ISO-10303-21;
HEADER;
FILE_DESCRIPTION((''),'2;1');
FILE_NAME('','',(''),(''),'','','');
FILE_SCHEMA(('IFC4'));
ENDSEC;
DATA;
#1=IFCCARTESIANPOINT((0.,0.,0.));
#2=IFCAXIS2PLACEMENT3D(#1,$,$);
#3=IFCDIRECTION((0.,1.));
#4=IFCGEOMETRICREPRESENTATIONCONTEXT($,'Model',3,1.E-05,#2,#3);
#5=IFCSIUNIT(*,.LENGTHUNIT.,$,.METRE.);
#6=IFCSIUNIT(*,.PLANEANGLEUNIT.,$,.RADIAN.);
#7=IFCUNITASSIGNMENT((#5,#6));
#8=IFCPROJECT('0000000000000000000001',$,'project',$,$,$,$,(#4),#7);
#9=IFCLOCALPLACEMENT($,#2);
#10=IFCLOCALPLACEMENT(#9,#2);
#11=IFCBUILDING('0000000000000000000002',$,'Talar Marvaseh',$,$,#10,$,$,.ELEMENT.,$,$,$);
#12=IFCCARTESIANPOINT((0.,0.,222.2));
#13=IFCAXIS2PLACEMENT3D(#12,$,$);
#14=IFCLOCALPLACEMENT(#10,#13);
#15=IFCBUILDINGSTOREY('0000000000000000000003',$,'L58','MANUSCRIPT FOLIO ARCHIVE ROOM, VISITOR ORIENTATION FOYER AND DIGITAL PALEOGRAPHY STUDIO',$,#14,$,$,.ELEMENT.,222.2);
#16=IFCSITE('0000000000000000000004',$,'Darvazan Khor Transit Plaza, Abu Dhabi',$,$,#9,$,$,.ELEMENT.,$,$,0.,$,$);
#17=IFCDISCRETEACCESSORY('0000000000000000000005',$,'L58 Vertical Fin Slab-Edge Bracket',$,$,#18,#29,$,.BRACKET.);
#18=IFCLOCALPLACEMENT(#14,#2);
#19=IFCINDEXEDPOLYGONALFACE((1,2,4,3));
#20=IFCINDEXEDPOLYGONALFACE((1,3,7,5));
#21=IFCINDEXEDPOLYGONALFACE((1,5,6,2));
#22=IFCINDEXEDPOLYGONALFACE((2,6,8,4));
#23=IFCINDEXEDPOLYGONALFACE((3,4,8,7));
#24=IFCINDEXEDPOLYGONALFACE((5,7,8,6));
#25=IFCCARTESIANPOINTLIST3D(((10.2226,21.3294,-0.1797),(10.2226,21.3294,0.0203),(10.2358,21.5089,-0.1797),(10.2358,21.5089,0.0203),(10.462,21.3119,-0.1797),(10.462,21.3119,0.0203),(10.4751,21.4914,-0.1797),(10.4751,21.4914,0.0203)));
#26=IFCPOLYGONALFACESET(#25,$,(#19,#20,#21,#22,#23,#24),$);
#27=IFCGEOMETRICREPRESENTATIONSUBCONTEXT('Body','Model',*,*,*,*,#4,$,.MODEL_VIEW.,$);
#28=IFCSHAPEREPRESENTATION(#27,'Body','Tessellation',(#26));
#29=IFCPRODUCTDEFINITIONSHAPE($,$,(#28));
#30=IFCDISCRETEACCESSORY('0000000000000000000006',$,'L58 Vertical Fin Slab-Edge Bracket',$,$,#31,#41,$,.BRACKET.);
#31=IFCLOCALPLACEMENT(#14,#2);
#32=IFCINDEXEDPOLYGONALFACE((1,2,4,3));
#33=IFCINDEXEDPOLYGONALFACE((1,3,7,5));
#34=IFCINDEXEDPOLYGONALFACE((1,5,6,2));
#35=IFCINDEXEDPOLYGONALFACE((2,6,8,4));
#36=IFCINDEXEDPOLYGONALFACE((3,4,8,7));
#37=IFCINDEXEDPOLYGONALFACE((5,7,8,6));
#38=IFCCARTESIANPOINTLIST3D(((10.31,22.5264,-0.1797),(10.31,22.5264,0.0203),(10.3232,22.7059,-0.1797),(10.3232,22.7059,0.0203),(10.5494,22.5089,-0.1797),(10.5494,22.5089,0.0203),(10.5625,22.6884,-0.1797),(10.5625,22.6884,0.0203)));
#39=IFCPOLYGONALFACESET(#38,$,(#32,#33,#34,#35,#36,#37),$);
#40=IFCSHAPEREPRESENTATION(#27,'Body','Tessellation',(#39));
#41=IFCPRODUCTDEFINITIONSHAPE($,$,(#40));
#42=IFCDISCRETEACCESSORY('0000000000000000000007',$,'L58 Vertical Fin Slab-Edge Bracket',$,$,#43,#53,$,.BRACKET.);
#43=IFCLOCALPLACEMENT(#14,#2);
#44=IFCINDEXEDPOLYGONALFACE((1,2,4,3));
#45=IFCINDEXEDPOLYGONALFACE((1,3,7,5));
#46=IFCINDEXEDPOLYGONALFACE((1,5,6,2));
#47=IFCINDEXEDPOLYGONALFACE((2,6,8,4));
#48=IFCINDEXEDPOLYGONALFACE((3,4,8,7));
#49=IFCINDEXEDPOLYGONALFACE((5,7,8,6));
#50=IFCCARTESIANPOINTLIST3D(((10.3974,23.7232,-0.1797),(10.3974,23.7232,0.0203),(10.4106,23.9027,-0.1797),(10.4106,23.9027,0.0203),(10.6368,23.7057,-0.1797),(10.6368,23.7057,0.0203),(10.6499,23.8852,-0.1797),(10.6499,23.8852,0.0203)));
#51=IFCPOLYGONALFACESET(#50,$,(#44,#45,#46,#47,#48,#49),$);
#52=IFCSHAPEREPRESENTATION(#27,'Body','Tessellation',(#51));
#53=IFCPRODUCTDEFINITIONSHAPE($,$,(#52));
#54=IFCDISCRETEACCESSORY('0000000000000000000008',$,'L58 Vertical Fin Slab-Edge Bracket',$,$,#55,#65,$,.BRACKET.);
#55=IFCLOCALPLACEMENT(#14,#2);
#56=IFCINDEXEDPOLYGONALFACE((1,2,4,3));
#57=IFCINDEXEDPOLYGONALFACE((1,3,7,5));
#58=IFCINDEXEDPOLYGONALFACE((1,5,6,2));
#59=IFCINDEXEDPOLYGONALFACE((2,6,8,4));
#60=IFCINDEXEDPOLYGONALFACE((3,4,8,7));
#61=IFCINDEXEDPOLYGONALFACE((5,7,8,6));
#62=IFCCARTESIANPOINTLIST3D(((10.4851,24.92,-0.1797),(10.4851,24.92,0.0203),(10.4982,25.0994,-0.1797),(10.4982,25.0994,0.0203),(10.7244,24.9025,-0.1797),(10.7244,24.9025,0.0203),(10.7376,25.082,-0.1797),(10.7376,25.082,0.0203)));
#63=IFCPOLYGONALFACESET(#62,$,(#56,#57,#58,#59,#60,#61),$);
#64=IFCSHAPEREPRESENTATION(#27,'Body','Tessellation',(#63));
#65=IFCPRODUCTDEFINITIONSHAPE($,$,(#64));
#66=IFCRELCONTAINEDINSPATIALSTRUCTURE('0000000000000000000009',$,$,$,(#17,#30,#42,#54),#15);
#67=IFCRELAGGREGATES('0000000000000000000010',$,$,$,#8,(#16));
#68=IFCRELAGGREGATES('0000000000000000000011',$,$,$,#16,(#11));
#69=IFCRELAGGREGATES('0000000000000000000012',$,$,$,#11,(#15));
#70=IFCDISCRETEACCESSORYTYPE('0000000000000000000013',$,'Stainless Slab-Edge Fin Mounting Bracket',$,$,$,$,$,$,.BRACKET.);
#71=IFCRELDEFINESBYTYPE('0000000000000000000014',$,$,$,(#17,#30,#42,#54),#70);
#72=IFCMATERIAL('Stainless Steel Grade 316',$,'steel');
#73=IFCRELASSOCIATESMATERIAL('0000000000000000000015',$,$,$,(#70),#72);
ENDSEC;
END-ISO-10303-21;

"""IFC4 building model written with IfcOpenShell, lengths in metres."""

from ifc_helpers import new_model, si_unit, direction, frame, origin, origin_2d, place, context, subcontext, project, spatial, rectangle, extrude, source, transform, mapped, material, type_object, type_shapes, element, save


model = new_model("IFC4")

# Units and contexts
model_context = context("Model", 3, precision=1e-05, world=origin(), true_north=direction((0.0, 1.0)))
body_context = subcontext(model_context, "Body", "Model", "MODEL_VIEW")
ifc_project = project(units=[si_unit("LENGTHUNIT", "METRE"), si_unit("PLANEANGLEUNIT", "RADIAN")], contexts=[model_context])

# Site, building, storey
site_placement = place(None, origin())
site = spatial("IfcSite", under=ifc_project, at=site_placement, Name="Darvazan Khor Transit Plaza, Abu Dhabi", CompositionType="ELEMENT", RefElevation=0.0)
building_placement = place(site_placement, origin())
building = spatial("IfcBuilding", under=site, at=building_placement, Name="Talar Marvaseh", CompositionType="ELEMENT")
storey_placement = place(building_placement, frame((0.0, 0.0, 222.2)))
storey = spatial("IfcBuildingStorey", under=building, at=storey_placement, Name="L58", Description="MANUSCRIPT FOLIO ARCHIVE ROOM, VISITOR ORIENTATION FOYER AND DIGITAL PALEOGRAPHY STUDIO", CompositionType="ELEMENT", Elevation=222.2)

# Discrete accessories
ifc_material_1 = material(Name="Stainless Steel Grade 316", Category="steel")
discrete_accessory_type = type_object("IfcDiscreteAccessoryType", Name="Stainless Slab-Edge Fin Mounting Bracket", PredefinedType="BRACKET", material=ifc_material_1)
shared_shape_1 = source(origin(), body_context, "Body", "SweptSolid", [
    extrude(rectangle(XDim=0.24, YDim=0.1799, at=origin_2d()), origin(), (0.0, 0.0, 1.0), 0.2),
])
type_shapes(discrete_accessory_type, [shared_shape_1])
for number, where, z_axis, x_axis, name in (
    (1, (10.3489, 21.4104, -0.1797), (0.0, 0.0, 1.0), (-0.99734, 0.07289, 0.0), "L58 Vertical Fin Slab-Edge Bracket"),
    (2, (10.4363, 22.6074, -0.1797), (0.0, 0.0, 1.0), (-0.99734, 0.07289, 0.0), "L58 Vertical Fin Slab-Edge Bracket"),
    (3, (10.5237, 23.8042, -0.1797), (0.0, 0.0, 1.0), (-0.99734, 0.07289, 0.0), "L58 Vertical Fin Slab-Edge Bracket"),
    (4, (10.6113, 25.001, -0.1797), (0.0, 0.0, 1.0), (-0.99734, 0.07289, 0.0), "L58 Vertical Fin Slab-Edge Bracket"),
):
    element("IfcDiscreteAccessory", number, at=place(storey_placement, frame(where, z_axis=z_axis, x_axis=x_axis)), inside=storey, type_object=discrete_accessory_type, Name=name, PredefinedType="BRACKET", context=body_context, shape_type="MappedRepresentation", body=[
        mapped(shared_shape_1, transform((0.0, 0.0, 0.0), x_axis=(1.0, 0.0, 0.0), y_axis=(0.0, 1.0, 0.0), z_axis=(0.0, 0.0, 1.0), scale=1.0)),
    ])

save(model, "model.ifc")
